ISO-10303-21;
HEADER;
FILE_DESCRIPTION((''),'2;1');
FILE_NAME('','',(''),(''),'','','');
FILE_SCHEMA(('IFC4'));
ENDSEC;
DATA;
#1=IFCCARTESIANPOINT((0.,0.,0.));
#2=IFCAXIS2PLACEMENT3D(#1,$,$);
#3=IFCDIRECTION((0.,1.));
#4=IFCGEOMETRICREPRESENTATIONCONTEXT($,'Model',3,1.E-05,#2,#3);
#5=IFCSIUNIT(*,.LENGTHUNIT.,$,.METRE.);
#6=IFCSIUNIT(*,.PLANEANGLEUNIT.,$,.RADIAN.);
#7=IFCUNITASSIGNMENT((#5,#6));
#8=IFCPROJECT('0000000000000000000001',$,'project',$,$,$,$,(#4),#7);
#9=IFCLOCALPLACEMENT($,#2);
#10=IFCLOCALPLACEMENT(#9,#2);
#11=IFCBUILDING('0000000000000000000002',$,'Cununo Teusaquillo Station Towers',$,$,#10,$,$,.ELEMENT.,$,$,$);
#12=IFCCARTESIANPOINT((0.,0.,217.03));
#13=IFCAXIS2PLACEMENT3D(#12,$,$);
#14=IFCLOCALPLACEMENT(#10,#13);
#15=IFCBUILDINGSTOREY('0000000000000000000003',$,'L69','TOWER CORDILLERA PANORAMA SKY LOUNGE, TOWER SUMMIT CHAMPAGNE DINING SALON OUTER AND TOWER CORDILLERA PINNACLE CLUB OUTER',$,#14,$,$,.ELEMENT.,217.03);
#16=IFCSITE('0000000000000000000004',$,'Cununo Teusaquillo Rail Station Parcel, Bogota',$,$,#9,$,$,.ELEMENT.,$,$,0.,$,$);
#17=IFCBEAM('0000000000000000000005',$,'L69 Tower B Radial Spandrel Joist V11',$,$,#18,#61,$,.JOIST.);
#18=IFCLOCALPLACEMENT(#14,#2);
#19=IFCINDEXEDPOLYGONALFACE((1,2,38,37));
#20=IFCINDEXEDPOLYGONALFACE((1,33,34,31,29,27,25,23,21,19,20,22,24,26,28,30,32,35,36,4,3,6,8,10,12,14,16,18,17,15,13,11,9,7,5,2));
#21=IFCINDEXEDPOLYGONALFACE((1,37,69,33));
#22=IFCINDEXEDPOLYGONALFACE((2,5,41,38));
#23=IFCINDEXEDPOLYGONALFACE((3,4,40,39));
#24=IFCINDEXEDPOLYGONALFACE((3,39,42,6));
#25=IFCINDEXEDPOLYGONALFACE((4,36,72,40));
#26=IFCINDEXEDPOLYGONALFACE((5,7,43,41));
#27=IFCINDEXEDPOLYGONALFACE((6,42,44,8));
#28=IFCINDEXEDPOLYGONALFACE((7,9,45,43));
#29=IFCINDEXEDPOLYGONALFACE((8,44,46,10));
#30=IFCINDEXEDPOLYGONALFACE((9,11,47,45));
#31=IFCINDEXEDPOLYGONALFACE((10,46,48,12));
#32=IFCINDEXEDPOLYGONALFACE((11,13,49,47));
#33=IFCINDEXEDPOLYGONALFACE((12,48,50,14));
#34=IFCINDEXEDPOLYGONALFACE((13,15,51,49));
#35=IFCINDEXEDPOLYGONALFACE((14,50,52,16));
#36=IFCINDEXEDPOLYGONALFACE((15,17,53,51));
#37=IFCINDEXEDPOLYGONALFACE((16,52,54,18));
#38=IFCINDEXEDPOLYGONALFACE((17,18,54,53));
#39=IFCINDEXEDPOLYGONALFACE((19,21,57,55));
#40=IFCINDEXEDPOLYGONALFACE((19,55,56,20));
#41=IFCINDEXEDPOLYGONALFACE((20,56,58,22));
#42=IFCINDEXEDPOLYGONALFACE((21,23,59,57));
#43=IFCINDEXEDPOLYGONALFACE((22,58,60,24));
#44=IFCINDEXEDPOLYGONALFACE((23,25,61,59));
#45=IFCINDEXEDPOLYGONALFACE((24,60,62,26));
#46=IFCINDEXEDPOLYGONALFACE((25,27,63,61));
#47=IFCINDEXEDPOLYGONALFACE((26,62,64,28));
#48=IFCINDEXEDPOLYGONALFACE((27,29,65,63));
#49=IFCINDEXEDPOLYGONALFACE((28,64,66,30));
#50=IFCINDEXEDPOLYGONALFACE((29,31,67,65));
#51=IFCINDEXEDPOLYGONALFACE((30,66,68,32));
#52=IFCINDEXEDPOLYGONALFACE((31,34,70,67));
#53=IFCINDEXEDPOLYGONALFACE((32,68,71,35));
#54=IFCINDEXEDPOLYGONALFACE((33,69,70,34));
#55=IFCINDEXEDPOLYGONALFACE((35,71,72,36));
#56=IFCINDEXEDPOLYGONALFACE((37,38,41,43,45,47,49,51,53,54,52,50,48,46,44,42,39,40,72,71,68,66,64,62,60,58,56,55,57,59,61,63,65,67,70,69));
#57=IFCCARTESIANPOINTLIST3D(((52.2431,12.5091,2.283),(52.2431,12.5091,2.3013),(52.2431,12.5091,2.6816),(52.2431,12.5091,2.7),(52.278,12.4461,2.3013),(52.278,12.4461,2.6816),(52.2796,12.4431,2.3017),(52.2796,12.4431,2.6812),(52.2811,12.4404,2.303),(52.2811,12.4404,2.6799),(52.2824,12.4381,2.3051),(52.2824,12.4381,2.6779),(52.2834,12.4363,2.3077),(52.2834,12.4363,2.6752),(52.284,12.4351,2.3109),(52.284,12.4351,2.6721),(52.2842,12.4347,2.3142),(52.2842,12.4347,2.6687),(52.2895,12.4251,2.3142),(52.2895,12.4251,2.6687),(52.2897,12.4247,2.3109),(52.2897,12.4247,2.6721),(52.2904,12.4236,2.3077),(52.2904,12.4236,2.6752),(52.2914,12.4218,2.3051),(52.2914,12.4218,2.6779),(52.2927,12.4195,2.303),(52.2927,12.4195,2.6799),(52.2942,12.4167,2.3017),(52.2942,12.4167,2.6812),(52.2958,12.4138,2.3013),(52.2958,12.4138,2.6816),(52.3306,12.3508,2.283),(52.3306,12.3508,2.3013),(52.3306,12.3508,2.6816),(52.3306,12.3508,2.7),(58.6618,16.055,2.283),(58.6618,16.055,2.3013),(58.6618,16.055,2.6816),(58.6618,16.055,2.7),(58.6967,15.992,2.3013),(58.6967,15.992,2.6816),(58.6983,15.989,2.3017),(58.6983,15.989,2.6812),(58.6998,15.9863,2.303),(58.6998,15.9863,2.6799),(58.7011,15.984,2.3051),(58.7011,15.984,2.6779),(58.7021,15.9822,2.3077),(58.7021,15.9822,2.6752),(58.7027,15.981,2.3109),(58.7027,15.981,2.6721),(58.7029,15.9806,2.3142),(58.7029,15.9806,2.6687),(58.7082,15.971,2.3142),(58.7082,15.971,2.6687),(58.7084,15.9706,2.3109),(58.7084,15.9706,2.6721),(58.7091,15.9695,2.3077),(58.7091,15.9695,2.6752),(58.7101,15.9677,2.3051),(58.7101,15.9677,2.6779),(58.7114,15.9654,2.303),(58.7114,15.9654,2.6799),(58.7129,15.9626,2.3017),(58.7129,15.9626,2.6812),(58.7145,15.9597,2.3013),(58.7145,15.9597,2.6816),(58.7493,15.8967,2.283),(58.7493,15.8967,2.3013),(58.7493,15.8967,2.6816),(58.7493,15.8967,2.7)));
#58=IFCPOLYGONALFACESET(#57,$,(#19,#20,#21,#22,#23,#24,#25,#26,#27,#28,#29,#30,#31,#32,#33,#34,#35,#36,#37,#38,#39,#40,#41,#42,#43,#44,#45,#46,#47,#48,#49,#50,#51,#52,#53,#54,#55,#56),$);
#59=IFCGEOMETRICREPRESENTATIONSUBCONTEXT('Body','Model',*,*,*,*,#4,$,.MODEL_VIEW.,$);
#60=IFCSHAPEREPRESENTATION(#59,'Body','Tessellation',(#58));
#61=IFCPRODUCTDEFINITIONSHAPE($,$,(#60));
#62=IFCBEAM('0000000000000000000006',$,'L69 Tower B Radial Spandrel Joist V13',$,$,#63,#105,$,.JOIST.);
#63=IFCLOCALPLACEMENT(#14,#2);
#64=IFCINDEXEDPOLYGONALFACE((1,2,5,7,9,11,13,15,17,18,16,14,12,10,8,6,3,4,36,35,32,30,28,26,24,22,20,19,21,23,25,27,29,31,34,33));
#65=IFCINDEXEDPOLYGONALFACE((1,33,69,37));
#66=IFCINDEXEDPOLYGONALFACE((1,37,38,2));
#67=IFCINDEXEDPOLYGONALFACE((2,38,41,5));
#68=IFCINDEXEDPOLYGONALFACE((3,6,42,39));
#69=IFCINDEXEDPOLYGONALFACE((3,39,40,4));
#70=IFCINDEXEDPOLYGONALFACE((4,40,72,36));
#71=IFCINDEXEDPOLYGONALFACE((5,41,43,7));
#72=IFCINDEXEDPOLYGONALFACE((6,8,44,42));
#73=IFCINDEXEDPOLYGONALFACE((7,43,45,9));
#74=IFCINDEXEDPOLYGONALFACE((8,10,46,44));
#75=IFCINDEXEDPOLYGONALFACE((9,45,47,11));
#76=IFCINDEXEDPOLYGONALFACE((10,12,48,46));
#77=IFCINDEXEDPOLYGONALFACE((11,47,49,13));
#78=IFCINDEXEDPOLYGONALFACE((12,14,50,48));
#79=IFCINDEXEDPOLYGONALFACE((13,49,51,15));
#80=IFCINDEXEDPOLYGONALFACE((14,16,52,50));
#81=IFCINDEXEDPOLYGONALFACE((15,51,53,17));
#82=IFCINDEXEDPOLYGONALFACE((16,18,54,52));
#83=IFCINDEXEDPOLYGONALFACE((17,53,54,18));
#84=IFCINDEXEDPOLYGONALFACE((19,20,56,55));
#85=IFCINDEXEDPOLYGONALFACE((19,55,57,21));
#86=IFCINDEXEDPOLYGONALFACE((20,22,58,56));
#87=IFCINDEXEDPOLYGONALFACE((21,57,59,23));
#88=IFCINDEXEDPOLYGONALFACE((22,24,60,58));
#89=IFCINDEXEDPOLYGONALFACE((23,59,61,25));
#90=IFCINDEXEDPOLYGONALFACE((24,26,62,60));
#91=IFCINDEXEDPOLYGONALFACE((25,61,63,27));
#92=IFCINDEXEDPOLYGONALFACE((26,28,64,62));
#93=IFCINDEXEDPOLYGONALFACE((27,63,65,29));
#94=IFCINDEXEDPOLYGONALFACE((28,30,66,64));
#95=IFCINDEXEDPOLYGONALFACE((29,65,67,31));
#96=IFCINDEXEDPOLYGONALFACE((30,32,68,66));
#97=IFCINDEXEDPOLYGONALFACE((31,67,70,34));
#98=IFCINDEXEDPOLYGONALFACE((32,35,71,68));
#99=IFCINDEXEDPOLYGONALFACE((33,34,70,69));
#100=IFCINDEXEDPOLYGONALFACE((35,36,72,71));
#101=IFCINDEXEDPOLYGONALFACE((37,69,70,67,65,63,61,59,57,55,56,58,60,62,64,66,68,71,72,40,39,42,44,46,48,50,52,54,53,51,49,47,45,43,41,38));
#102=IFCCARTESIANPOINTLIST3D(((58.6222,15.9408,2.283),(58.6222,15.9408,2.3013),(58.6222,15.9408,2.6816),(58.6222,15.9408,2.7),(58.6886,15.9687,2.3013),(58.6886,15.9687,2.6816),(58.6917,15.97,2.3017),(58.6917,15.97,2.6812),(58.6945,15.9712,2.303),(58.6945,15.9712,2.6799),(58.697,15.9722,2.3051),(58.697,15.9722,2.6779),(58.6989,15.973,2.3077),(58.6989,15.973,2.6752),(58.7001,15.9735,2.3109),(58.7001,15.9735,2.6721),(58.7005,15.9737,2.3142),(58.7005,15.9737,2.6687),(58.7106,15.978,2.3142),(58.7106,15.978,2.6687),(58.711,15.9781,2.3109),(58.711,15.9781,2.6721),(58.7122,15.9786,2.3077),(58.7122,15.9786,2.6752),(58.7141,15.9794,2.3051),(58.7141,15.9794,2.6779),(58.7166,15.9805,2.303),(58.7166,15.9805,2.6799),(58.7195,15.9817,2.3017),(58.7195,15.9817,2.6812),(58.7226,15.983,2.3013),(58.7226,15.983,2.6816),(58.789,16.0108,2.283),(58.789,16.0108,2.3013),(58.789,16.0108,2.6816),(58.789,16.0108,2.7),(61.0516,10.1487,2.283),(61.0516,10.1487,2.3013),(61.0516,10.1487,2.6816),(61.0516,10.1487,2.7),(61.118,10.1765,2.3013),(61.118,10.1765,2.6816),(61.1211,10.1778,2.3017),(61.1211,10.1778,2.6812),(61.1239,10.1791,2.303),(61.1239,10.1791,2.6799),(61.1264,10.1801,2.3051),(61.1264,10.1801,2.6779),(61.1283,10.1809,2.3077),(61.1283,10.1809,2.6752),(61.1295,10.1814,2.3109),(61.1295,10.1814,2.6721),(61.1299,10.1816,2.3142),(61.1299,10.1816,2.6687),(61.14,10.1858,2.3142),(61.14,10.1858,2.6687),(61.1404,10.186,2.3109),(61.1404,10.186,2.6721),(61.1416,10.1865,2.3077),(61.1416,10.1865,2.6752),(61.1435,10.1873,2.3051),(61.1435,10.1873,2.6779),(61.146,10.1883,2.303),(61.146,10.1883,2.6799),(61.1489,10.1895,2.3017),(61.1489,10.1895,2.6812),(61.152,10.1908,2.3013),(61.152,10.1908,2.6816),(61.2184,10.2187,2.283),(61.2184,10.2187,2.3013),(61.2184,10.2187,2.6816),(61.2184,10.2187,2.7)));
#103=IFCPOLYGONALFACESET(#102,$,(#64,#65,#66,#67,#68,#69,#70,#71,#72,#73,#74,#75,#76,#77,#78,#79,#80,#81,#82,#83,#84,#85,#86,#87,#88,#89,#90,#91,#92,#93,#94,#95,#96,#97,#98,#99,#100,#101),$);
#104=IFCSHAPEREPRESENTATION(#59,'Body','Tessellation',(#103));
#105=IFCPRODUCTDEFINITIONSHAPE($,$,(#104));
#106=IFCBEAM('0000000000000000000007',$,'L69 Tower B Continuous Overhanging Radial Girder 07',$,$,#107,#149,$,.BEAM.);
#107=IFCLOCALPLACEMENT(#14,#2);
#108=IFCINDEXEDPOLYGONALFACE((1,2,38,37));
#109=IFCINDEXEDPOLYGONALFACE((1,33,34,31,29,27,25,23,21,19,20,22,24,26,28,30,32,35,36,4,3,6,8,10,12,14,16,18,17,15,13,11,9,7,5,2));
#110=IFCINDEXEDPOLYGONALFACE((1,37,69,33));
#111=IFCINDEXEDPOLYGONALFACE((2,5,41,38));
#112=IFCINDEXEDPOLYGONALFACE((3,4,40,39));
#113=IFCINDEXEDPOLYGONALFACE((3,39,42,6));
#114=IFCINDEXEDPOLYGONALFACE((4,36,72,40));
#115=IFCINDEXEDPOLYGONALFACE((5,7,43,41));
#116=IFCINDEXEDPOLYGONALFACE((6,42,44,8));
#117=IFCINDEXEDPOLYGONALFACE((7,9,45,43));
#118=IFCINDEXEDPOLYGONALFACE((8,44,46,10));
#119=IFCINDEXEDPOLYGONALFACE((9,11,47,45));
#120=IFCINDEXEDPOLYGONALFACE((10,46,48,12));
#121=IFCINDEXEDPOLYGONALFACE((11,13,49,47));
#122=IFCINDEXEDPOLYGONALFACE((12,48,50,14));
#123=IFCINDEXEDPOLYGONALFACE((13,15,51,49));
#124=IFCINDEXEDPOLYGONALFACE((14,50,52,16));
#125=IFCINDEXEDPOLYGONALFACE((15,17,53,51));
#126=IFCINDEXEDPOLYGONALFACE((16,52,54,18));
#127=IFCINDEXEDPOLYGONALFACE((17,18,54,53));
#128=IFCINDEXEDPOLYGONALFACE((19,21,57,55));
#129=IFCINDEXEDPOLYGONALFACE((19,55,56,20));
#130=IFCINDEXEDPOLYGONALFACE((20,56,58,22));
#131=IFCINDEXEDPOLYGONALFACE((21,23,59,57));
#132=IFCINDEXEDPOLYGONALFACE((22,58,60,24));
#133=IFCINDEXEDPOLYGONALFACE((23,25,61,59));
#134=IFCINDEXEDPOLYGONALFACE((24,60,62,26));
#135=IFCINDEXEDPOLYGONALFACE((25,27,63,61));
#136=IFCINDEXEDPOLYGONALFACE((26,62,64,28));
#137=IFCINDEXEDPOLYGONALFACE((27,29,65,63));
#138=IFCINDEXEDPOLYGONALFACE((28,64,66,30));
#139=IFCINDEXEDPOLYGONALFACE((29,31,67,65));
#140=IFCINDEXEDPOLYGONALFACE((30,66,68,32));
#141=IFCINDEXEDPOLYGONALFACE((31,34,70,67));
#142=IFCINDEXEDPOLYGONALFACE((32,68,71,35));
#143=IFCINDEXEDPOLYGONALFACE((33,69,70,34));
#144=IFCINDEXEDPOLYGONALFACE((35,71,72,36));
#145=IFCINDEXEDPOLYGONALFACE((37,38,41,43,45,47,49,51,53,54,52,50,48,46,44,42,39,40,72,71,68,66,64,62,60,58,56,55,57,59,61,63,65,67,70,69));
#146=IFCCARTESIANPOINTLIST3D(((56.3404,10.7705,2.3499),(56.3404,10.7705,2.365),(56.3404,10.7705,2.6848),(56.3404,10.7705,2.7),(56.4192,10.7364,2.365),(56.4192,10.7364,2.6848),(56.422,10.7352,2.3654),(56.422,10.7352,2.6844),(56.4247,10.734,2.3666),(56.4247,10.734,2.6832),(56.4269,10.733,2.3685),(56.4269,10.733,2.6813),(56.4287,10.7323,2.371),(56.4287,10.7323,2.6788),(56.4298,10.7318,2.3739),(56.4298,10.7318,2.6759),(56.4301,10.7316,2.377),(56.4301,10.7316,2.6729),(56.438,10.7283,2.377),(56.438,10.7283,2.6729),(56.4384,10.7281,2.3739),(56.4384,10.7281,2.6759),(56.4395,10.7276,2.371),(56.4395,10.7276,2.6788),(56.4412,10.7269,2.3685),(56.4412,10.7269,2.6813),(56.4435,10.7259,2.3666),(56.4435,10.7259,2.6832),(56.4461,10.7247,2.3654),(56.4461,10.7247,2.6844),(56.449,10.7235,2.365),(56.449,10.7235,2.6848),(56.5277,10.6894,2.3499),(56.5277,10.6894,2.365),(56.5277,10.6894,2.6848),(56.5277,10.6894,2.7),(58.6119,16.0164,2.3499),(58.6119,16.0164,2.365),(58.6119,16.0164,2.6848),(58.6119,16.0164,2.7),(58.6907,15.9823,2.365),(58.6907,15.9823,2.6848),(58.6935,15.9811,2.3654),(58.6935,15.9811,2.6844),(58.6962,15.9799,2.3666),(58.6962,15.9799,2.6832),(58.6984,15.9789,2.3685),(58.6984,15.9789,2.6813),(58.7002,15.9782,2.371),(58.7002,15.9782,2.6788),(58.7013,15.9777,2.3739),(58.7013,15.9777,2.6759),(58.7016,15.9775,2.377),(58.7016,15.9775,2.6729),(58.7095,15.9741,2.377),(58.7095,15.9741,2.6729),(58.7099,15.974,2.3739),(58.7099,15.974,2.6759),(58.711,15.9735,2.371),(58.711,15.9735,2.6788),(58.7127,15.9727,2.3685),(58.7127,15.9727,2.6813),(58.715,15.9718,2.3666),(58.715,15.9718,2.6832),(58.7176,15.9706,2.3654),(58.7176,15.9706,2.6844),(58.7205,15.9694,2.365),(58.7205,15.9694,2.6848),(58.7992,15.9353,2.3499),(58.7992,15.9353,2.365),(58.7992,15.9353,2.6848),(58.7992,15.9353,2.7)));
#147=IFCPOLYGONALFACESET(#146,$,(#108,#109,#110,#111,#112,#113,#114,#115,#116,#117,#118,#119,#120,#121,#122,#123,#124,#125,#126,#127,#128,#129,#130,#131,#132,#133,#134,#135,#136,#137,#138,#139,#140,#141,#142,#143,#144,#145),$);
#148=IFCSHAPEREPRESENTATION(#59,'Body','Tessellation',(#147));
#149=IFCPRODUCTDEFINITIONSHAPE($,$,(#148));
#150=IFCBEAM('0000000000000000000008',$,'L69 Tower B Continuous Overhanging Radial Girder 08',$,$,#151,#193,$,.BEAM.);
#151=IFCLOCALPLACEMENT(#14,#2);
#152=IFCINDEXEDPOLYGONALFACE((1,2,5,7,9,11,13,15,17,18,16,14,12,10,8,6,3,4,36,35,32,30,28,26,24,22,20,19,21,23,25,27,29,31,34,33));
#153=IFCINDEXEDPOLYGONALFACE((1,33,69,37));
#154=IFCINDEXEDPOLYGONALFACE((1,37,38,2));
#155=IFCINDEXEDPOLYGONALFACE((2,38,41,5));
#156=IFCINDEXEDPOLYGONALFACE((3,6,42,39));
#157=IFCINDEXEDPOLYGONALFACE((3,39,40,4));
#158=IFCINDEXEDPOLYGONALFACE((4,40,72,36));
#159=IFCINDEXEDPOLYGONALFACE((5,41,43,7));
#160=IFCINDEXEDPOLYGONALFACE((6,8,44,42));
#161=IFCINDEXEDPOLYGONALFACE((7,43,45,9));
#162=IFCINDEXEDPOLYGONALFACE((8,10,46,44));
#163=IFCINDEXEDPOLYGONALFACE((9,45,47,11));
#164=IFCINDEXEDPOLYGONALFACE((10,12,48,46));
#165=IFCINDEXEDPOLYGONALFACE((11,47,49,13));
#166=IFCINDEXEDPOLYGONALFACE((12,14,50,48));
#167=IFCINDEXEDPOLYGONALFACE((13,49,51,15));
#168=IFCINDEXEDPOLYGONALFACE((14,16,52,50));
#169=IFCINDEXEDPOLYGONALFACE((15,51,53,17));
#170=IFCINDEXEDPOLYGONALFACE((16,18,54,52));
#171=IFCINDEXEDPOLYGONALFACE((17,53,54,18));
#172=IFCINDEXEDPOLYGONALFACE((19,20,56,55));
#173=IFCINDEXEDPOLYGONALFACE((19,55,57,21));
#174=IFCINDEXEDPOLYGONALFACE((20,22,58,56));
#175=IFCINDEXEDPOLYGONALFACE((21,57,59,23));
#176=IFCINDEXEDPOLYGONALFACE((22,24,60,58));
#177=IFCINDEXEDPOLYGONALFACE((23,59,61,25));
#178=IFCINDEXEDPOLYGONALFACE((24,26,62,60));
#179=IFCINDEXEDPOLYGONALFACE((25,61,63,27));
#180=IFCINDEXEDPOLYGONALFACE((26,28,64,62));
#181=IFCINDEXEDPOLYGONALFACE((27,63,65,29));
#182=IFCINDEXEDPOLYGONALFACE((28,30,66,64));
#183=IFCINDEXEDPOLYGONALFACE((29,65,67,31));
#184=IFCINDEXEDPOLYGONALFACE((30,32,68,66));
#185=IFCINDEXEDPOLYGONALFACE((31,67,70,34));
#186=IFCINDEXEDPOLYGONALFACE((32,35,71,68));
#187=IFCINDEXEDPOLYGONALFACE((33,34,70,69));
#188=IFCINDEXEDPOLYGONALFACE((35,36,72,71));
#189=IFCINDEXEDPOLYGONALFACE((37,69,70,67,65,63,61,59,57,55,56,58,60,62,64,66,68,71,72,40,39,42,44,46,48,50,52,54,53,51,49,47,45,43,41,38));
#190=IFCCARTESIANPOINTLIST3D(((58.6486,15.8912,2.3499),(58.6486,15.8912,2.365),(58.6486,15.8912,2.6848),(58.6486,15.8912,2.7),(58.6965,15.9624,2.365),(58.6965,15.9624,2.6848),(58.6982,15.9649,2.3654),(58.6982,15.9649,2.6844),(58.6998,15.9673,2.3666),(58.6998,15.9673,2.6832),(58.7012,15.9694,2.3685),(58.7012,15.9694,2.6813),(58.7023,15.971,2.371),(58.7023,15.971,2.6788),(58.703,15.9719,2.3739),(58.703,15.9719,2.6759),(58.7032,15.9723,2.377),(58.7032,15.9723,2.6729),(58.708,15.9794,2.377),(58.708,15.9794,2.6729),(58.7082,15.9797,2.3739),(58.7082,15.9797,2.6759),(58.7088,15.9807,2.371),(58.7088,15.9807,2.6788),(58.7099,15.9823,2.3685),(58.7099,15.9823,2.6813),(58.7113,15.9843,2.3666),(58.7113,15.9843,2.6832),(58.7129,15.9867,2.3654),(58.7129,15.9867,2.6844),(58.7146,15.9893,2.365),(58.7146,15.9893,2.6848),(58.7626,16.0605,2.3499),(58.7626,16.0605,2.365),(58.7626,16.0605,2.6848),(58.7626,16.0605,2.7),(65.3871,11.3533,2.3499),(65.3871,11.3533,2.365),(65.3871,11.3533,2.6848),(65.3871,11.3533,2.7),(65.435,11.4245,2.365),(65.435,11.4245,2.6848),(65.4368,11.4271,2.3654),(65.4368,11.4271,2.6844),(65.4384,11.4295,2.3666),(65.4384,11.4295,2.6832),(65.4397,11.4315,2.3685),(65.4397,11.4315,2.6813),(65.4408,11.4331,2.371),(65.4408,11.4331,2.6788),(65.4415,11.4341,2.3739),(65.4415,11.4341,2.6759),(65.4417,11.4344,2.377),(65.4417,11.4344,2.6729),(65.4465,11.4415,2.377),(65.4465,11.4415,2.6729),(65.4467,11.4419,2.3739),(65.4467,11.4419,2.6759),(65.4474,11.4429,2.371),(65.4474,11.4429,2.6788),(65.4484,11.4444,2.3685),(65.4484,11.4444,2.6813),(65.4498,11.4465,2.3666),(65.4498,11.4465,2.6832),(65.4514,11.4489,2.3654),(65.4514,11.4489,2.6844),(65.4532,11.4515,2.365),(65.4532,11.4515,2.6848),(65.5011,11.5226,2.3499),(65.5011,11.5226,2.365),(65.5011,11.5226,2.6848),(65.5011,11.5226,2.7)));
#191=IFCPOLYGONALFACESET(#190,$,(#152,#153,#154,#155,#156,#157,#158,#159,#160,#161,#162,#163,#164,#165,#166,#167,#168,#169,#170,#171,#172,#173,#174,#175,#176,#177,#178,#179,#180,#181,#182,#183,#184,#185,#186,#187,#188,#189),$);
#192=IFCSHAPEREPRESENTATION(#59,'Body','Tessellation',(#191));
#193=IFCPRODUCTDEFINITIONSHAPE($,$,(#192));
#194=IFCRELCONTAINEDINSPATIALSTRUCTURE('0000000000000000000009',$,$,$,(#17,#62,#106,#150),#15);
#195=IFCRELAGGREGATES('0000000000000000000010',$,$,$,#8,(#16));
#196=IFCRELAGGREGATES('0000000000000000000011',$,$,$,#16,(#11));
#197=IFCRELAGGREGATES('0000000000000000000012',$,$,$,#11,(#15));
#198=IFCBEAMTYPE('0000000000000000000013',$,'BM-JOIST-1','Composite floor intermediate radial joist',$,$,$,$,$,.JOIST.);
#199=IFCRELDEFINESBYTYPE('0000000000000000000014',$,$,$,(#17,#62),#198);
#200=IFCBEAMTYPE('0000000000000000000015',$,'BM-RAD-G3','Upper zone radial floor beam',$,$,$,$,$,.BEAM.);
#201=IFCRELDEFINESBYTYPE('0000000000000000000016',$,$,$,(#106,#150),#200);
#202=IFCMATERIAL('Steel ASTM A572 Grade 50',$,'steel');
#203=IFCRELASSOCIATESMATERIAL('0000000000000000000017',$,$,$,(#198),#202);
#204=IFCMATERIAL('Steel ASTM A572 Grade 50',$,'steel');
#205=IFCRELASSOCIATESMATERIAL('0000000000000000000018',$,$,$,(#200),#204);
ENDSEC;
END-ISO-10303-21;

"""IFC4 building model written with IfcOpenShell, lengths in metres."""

from ifc_helpers import new_model, si_unit, direction, frame, origin, origin_2d, place, context, subcontext, project, spatial, i_section, extrude, material, material_profile, profile_set, type_object, element, save


model = new_model("IFC4")

# Units and contexts
model_context = context("Model", 3, precision=1e-05, world=origin(), true_north=direction((0.0, 1.0)))
body_context = subcontext(model_context, "Body", "Model", "MODEL_VIEW")
ifc_project = project(units=[si_unit("LENGTHUNIT", "METRE"), si_unit("PLANEANGLEUNIT", "RADIAN")], contexts=[model_context])

# Site, building, storey
site_placement = place(None, origin())
site = spatial("IfcSite", under=ifc_project, at=site_placement, Name="Cununo Teusaquillo Rail Station Parcel, Bogota", CompositionType="ELEMENT", RefElevation=0.0)
building_placement = place(site_placement, origin())
building = spatial("IfcBuilding", under=site, at=building_placement, Name="Cununo Teusaquillo Station Towers", CompositionType="ELEMENT")
storey_placement = place(building_placement, frame((0.0, 0.0, 217.03)))
storey = spatial("IfcBuildingStorey", under=building, at=storey_placement, Name="L69", Description="TOWER CORDILLERA PANORAMA SKY LOUNGE, TOWER SUMMIT CHAMPAGNE DINING SALON OUTER AND TOWER CORDILLERA PINNACLE CLUB OUTER", CompositionType="ELEMENT", Elevation=217.03)

# Beams
ifc_material_1 = material(Name="Steel ASTM A572 Grade 50", Category="steel")
ifc_material_profile_1 = material_profile(ifc_material_1, i_section(OverallWidth=0.1809, OverallDepth=0.417, WebThickness=0.011, FlangeThickness=0.0183, FilletRadius=0.0129, at=origin_2d()), Name="W16X57")
ifc_profile_set_1 = profile_set([ifc_material_profile_1], Name="Steel ASTM A572 Grade 50")
beam_type_1 = type_object("IfcBeamType", Name="BM-JOIST-1", Description="Composite floor intermediate radial joist", PredefinedType="JOIST", material=ifc_profile_set_1)
beam_1_placement = place(storey_placement, frame((58.7056, 15.9758, 2.4915), z_axis=(-0.875315, -0.483553, 0.0), x_axis=(0.483553, -0.875315, 0.0)))
element("IfcBeam", 1, at=beam_1_placement, inside=storey, type_object=beam_type_1, Name="L69 Tower B Radial Spandrel Joist V11", PredefinedType="JOIST", context=body_context, shape_type="SweptSolid", body=[
    extrude(i_section(OverallWidth=0.1809, OverallDepth=0.417, WebThickness=0.011, FlangeThickness=0.0183, FilletRadius=0.0129, at=origin_2d()), origin(), (0.0, 0.0, 1.0), 7.333),
])
beam_2_placement = place(storey_placement, frame((58.7056, 15.9758, 2.4915), z_axis=(0.386786, -0.922169, 0.0), x_axis=(0.922169, 0.386786, 0.0)))
element("IfcBeam", 2, at=beam_2_placement, inside=storey, type_object=beam_type_1, Name="L69 Tower B Radial Spandrel Joist V13", PredefinedType="JOIST", context=body_context, shape_type="SweptSolid", body=[
    extrude(i_section(OverallWidth=0.1809, OverallDepth=0.417, WebThickness=0.011, FlangeThickness=0.0183, FilletRadius=0.0129, at=origin_2d()), origin(), (0.0, 0.0, 1.0), 6.281),
])
ifc_material_2 = material(Name="Steel ASTM A572 Grade 50", Category="steel")
ifc_material_profile_2 = material_profile(ifc_material_2, i_section(OverallWidth=0.2041, OverallDepth=0.3501, WebThickness=0.0085, FlangeThickness=0.0151, FilletRadius=0.012, at=origin_2d()), Name="W14X48")
ifc_profile_set_2 = profile_set([ifc_material_profile_2], Name="Steel ASTM A572 Grade 50")
beam_type_2 = type_object("IfcBeamType", Name="BM-RAD-G3", Description="Upper zone radial floor beam", PredefinedType="BEAM", material=ifc_profile_set_2)
beam_3_placement = place(storey_placement, frame((58.7056, 15.9758, 2.5249), z_axis=(-0.397355, -0.917665, 0.0), x_axis=(0.917665, -0.397355, 0.0)))
element("IfcBeam", 3, at=beam_3_placement, inside=storey, type_object=beam_type_2, Name="L69 Tower B Continuous Overhanging Radial Girder 07", PredefinedType="BEAM", context=body_context, shape_type="SweptSolid", body=[
    extrude(i_section(OverallWidth=0.2041, OverallDepth=0.3501, WebThickness=0.0085, FlangeThickness=0.0151, FilletRadius=0.012, at=origin_2d()), origin(), (0.0, 0.0, 1.0), 5.7166),
])
beam_4_placement = place(storey_placement, frame((58.7056, 15.9758, 2.5249), z_axis=(0.829457, -0.558571, 0.0), x_axis=(0.558571, 0.829457, 0.0)))
element("IfcBeam", 4, at=beam_4_placement, inside=storey, type_object=beam_type_2, Name="L69 Tower B Continuous Overhanging Radial Girder 08", PredefinedType="BEAM", context=body_context, shape_type="SweptSolid", body=[
    extrude(i_section(OverallWidth=0.2041, OverallDepth=0.3501, WebThickness=0.0085, FlangeThickness=0.0151, FilletRadius=0.012, at=origin_2d()), origin(), (0.0, 0.0, 1.0), 8.124),
])

save(model, "model.ifc")
